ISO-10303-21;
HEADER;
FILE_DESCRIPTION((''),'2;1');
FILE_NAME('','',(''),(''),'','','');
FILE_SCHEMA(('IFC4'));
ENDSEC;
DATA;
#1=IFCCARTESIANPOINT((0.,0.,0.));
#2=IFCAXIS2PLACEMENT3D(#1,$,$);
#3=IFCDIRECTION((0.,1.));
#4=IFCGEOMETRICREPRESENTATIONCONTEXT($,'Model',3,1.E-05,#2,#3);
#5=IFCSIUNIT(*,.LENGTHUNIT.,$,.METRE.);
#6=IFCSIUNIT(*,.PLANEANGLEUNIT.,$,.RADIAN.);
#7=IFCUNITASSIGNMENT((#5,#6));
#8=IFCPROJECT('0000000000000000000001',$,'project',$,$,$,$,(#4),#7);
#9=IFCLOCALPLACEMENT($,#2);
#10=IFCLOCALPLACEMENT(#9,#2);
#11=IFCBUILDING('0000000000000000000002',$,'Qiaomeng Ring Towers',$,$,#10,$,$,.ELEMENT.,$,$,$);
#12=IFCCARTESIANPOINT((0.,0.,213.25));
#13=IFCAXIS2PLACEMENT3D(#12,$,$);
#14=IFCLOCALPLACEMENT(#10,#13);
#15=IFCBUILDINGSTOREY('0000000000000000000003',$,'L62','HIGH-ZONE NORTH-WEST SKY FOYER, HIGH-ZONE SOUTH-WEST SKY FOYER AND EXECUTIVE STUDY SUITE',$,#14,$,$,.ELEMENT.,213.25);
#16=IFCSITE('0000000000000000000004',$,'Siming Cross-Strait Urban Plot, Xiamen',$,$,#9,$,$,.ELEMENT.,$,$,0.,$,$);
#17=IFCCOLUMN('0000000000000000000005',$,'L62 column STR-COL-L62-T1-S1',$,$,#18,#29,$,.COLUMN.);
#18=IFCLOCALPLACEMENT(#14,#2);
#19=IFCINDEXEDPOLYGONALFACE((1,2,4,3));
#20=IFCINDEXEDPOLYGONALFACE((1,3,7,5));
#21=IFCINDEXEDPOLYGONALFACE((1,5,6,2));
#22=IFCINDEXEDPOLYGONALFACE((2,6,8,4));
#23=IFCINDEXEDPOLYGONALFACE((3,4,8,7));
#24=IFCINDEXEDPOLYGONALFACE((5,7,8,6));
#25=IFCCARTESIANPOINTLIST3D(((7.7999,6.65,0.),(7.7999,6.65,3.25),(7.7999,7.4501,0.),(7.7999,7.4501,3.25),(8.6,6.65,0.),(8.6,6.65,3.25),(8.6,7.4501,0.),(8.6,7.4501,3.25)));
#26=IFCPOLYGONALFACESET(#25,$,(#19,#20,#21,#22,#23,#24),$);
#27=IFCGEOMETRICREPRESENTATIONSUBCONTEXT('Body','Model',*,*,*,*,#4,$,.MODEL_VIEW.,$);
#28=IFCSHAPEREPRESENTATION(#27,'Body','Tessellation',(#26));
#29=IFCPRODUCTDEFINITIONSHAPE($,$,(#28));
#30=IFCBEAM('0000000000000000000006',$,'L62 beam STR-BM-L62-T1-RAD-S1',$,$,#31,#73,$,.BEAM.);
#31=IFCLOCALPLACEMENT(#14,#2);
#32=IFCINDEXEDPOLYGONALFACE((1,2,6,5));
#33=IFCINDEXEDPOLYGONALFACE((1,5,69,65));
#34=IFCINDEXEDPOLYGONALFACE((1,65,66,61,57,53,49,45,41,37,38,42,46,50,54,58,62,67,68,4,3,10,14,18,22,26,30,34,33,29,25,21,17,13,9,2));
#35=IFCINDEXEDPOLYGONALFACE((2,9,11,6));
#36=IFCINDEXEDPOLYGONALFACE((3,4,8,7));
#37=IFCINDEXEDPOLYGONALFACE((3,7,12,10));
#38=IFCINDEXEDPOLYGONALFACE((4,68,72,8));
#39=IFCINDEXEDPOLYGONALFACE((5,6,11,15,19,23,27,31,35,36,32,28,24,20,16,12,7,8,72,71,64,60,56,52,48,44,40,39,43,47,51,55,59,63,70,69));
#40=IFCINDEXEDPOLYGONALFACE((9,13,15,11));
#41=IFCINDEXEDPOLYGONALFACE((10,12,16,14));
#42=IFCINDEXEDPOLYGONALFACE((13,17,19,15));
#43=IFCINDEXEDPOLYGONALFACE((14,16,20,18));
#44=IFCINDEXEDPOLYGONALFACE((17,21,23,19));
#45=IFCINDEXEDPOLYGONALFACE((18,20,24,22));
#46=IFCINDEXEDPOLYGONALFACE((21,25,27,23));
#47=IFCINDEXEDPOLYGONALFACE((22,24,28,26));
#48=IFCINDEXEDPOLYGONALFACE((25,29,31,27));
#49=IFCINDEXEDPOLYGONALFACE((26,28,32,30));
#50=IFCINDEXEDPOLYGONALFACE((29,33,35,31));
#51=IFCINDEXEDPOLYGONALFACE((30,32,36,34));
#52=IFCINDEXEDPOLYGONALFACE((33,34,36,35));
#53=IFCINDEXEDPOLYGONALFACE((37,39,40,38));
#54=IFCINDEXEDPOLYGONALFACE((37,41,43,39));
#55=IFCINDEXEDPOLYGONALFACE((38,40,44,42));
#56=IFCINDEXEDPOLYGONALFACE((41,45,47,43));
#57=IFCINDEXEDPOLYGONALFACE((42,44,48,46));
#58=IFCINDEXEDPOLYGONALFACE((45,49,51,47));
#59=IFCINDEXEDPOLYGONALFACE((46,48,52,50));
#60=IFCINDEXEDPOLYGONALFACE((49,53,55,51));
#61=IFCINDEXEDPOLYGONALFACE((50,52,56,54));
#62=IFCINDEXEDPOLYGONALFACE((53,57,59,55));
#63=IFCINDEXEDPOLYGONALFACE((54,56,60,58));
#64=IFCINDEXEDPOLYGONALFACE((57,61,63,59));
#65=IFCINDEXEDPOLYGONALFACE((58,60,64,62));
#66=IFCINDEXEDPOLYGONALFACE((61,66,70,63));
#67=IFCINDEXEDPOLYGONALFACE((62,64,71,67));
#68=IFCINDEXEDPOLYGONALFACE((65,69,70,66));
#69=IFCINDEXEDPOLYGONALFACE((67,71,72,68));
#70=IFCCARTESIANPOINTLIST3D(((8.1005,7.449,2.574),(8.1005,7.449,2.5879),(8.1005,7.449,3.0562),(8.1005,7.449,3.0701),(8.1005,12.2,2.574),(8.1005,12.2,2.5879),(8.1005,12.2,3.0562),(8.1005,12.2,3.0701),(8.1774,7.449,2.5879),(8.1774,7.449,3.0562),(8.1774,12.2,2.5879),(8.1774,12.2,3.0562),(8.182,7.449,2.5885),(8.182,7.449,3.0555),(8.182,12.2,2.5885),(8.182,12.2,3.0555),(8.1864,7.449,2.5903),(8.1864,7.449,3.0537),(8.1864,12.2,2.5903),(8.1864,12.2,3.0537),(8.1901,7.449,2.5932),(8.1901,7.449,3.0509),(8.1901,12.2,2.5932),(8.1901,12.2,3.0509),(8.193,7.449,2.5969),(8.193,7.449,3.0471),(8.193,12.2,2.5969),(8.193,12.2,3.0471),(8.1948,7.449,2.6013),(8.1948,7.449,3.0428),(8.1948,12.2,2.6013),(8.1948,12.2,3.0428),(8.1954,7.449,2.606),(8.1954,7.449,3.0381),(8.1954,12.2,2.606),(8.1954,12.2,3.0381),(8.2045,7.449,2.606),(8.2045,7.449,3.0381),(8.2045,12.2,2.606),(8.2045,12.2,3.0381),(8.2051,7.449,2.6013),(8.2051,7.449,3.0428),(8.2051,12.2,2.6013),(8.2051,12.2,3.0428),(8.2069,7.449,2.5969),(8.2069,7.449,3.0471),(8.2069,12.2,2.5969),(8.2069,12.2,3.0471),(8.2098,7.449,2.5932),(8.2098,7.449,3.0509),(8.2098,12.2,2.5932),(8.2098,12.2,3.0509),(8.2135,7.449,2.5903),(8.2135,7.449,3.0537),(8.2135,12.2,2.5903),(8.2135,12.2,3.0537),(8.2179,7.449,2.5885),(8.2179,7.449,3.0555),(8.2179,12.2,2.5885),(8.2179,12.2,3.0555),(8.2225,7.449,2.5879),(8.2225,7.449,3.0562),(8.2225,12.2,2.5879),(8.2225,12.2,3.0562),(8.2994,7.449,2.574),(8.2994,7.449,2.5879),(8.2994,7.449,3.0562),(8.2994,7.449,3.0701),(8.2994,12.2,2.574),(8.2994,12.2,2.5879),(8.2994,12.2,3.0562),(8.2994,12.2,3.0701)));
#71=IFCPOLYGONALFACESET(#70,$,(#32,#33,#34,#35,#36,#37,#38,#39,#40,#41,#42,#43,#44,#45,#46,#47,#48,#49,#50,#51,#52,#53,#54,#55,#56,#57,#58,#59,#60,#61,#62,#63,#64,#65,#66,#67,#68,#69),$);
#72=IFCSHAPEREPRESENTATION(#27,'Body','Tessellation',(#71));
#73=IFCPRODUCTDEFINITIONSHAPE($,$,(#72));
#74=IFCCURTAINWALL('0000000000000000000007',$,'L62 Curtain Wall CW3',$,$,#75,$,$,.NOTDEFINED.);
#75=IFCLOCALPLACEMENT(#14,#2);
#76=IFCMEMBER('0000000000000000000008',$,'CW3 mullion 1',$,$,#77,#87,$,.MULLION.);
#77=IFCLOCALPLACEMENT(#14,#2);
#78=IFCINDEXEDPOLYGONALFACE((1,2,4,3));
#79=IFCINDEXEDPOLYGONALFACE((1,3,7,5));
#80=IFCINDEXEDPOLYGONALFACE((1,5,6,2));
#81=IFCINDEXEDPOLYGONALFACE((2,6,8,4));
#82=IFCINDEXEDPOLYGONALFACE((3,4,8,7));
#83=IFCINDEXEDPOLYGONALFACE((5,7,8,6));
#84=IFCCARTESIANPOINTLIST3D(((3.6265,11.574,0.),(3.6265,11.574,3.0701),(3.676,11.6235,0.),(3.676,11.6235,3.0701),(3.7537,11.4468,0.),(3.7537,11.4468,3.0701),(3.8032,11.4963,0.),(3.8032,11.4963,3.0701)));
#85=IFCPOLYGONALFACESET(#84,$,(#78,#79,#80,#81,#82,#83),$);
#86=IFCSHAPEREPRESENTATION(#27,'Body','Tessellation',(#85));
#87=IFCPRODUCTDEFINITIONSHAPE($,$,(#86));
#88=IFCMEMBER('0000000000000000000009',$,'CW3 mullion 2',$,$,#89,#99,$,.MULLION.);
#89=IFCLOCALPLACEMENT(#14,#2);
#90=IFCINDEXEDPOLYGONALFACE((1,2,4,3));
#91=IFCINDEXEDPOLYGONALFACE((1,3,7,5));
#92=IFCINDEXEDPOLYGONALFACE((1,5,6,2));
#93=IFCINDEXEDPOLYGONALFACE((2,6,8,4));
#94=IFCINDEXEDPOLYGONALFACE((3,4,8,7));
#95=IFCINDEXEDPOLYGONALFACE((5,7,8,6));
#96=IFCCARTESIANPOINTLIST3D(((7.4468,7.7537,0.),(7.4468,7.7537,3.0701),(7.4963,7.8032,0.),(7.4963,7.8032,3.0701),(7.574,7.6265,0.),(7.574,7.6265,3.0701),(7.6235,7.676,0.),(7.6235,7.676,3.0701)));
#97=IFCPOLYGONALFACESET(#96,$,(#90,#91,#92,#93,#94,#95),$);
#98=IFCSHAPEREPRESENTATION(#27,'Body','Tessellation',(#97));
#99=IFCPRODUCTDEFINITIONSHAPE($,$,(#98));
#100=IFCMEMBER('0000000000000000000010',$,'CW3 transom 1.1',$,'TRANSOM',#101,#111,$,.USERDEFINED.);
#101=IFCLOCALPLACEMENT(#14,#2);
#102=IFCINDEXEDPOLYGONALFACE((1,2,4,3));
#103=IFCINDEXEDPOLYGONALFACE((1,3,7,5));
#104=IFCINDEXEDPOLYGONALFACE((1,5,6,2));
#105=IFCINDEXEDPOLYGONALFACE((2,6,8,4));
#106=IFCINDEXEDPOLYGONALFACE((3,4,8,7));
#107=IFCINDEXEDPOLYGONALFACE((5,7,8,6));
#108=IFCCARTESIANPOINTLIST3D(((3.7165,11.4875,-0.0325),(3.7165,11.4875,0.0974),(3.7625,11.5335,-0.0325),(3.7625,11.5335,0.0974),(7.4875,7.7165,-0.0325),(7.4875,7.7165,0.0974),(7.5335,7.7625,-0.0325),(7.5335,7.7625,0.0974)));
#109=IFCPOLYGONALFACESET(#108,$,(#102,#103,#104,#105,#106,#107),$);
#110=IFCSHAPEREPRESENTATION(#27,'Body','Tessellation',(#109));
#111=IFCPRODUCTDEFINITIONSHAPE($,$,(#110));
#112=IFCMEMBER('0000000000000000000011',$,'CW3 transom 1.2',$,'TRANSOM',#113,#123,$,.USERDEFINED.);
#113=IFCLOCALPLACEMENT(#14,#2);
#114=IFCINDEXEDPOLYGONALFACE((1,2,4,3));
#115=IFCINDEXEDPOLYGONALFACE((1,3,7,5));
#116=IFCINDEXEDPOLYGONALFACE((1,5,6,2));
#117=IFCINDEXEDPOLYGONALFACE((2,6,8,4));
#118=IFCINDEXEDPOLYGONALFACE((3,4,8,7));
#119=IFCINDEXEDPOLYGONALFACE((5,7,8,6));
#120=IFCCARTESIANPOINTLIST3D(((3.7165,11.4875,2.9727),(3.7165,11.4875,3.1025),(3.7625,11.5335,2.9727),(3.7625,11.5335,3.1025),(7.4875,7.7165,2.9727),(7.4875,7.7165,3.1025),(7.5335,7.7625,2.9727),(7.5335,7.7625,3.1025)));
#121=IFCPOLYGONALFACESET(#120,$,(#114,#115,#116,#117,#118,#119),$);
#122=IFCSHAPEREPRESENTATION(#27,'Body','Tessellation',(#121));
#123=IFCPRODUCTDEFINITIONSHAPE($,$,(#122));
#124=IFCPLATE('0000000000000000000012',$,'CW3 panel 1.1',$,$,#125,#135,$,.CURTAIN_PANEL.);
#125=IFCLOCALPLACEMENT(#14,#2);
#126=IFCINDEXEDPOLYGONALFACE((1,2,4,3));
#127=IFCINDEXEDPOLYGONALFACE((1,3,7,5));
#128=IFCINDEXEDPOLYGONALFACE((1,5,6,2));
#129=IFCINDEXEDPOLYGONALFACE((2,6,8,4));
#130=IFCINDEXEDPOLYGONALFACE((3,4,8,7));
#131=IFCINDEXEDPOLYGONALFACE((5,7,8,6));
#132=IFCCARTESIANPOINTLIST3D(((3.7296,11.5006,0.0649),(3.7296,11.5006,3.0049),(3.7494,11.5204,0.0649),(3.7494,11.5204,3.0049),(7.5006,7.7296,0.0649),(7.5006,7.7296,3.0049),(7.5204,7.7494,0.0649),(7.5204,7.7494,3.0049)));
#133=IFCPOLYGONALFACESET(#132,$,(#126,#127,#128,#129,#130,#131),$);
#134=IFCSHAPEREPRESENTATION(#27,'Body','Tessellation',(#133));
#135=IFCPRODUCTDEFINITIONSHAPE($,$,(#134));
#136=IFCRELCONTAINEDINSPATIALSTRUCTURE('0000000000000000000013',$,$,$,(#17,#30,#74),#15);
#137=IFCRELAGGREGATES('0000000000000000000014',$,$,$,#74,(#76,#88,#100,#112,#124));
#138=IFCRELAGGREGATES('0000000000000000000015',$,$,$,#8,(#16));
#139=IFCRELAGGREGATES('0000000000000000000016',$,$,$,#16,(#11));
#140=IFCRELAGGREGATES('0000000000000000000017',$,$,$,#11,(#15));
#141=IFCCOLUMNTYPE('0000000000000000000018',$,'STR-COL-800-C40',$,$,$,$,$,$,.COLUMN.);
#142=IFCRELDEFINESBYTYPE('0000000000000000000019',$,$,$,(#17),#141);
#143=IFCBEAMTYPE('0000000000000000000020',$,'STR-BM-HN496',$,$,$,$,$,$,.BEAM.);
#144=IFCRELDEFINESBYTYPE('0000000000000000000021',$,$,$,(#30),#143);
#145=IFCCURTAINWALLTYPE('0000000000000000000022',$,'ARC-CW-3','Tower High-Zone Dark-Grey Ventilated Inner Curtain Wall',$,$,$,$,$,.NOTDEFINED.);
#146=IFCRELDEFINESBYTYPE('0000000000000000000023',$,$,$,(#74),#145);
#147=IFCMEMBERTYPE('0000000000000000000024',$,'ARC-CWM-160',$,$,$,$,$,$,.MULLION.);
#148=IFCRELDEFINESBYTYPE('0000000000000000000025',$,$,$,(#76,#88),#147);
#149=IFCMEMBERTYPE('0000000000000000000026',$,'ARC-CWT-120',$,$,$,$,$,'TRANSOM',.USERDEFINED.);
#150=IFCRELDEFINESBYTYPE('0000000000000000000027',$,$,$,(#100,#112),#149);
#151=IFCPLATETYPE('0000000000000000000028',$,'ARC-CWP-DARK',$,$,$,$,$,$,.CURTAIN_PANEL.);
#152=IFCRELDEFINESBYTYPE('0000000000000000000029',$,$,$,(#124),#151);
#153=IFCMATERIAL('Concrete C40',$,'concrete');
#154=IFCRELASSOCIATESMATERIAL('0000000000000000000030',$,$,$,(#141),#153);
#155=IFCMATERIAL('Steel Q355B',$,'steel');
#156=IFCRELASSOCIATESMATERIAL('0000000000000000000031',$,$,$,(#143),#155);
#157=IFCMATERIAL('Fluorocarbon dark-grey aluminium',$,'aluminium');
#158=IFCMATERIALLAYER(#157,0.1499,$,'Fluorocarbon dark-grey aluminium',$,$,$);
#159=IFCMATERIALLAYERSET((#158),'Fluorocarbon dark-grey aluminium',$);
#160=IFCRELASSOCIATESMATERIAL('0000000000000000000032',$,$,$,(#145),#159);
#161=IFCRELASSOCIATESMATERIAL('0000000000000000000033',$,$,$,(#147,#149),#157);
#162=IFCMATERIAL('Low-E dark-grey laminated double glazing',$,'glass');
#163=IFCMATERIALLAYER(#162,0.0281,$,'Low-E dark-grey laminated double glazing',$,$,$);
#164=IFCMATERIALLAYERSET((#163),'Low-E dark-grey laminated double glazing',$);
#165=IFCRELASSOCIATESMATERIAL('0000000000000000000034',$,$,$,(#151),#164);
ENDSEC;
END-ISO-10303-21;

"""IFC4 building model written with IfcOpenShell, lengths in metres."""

from ifc_helpers import new_model, si_unit, direction, frame, origin, origin_2d, place, context, subcontext, project, spatial, rectangle, i_section, extrude, source, transform, mapped, material, layer, layer_set, material_profile, profile_set, type_object, element, aggregate, save


model = new_model("IFC4")

# Units and contexts
model_context = context("Model", 3, precision=1e-05, world=origin(), true_north=direction((0.0, 1.0)))
body_context = subcontext(model_context, "Body", "Model", "MODEL_VIEW")
ifc_project = project(units=[si_unit("LENGTHUNIT", "METRE"), si_unit("PLANEANGLEUNIT", "RADIAN")], contexts=[model_context])

# Site, building, storey
site_placement = place(None, origin())
site = spatial("IfcSite", under=ifc_project, at=site_placement, Name="Siming Cross-Strait Urban Plot, Xiamen", CompositionType="ELEMENT", RefElevation=0.0)
building_placement = place(site_placement, origin())
building = spatial("IfcBuilding", under=site, at=building_placement, Name="Qiaomeng Ring Towers", CompositionType="ELEMENT")
storey_placement = place(building_placement, frame((0.0, 0.0, 213.25)))
storey = spatial("IfcBuildingStorey", under=building, at=storey_placement, Name="L62", Description="HIGH-ZONE NORTH-WEST SKY FOYER, HIGH-ZONE SOUTH-WEST SKY FOYER AND EXECUTIVE STUDY SUITE", CompositionType="ELEMENT", Elevation=213.25)

# Column
ifc_material_1 = material(Name="Concrete C40", Category="concrete")
ifc_material_profile_1 = material_profile(ifc_material_1, rectangle(XDim=0.8, YDim=0.8, at=origin_2d()), Name="RC COL 800x800")
ifc_profile_set_1 = profile_set([ifc_material_profile_1], Name="Concrete C40")
column_type = type_object("IfcColumnType", Name="STR-COL-800-C40", PredefinedType="COLUMN", material=ifc_profile_set_1)
shared_shape_1 = source(origin(), body_context, "Body", "SweptSolid", [
    extrude(rectangle(XDim=0.8, YDim=0.8, at=origin_2d()), origin(), (0.0, 0.0, 1.0), 3.25),
])
column_placement = place(storey_placement, frame((8.2, 7.05, 0.0), z_axis=(0.0, 0.0, 1.0), x_axis=(1.0, 0.0, 0.0)))
element("IfcColumn", 1, at=column_placement, inside=storey, type_object=column_type, Name="L62 column STR-COL-L62-T1-S1", PredefinedType="COLUMN", context=body_context, shape_type="MappedRepresentation", body=[
    mapped(shared_shape_1, transform((0.0, 0.0, 0.0), x_axis=(1.0, 0.0, 0.0), y_axis=(0.0, 1.0, 0.0), z_axis=(0.0, 0.0, 1.0), scale=1.0)),
])

# Beam
ifc_material_2 = material(Name="Steel Q355B", Category="steel")
ifc_material_profile_2 = material_profile(ifc_material_2, i_section(OverallWidth=0.199, OverallDepth=0.4961, WebThickness=0.009, FlangeThickness=0.0139, FilletRadius=0.0181, at=origin_2d()), Name="HN 496x199x9x14")
ifc_profile_set_2 = profile_set([ifc_material_profile_2], Name="Steel Q355B")
beam_type = type_object("IfcBeamType", Name="STR-BM-HN496", PredefinedType="BEAM", material=ifc_profile_set_2)
shared_shape_2 = source(origin(), body_context, "Body", "SweptSolid", [
    extrude(i_section(OverallWidth=0.199, OverallDepth=0.4961, WebThickness=0.009, FlangeThickness=0.0139, FilletRadius=0.0181, at=origin_2d()), origin(), (0.0, 0.0, 1.0), 4.751),
])
beam_placement = place(storey_placement, frame((8.2, 7.449, 2.822), z_axis=(0.0, 1.0, 0.0), x_axis=(-1.0, 0.0, 0.0)))
element("IfcBeam", 2, at=beam_placement, inside=storey, type_object=beam_type, Name="L62 beam STR-BM-L62-T1-RAD-S1", PredefinedType="BEAM", context=body_context, shape_type="MappedRepresentation", body=[
    mapped(shared_shape_2, transform((0.0, 0.0, 0.0), x_axis=(1.0, 0.0, 0.0), y_axis=(0.0, 1.0, 0.0), z_axis=(0.0, 0.0, 1.0), scale=1.0)),
])

# Curtain wall, members, plate
ifc_material_3 = material(Name="Fluorocarbon dark-grey aluminium", Category="aluminium")
ifc_layer_1 = layer(ifc_material_3, 0.1499, Name="Fluorocarbon dark-grey aluminium")
ifc_layer_set_1 = layer_set([ifc_layer_1], Name="Fluorocarbon dark-grey aluminium")
curtain_wall_type = type_object("IfcCurtainWallType", Name="ARC-CW-3", Description="Tower High-Zone Dark-Grey Ventilated Inner Curtain Wall", PredefinedType="NOTDEFINED", material=ifc_layer_set_1)
curtain_wall_placement = place(storey_placement, origin())
curtain_wall = element("IfcCurtainWall", 3, at=curtain_wall_placement, inside=storey, type_object=curtain_wall_type, Name="L62 Curtain Wall CW3", PredefinedType="NOTDEFINED")
ifc_material_profile_3 = material_profile(ifc_material_3, rectangle(XDim=0.0701, YDim=0.1799, at=origin_2d()), Name="ALU MULL 70x180")
ifc_profile_set_3 = profile_set([ifc_material_profile_3], Name="Fluorocarbon dark-grey aluminium")
member_type_1 = type_object("IfcMemberType", Name="ARC-CWM-160", PredefinedType="MULLION", material=ifc_profile_set_3)
shared_shape_3 = source(origin(), body_context, "Body", "SweptSolid", [
    extrude(rectangle(XDim=0.0701, YDim=0.1799, at=origin_2d()), origin(), (0.0, 0.0, 1.0), 3.0701),
])
member_1_placement = place(storey_placement, frame((3.7148, 11.5352, 0.0), z_axis=(0.0, 0.0, 1.0), x_axis=(0.707107, 0.707107, 0.0)))
member_1 = element("IfcMember", 4, at=member_1_placement, type_object=member_type_1, Name="CW3 mullion 1", PredefinedType="MULLION", context=body_context, shape_type="MappedRepresentation", body=[
    mapped(shared_shape_3, transform((0.0, 0.0, 0.0), x_axis=(1.0, 0.0, 0.0), y_axis=(0.0, 1.0, 0.0), z_axis=(0.0, 0.0, 1.0), scale=1.0)),
])
member_2_placement = place(storey_placement, frame((7.5352, 7.7148, 0.0), z_axis=(0.0, 0.0, 1.0), x_axis=(0.707107, 0.707107, 0.0)))
member_2 = element("IfcMember", 5, at=member_2_placement, type_object=member_type_1, Name="CW3 mullion 2", PredefinedType="MULLION", context=body_context, shape_type="MappedRepresentation", body=[
    mapped(shared_shape_3, transform((0.0, 0.0, 0.0), x_axis=(1.0, 0.0, 0.0), y_axis=(0.0, 1.0, 0.0), z_axis=(0.0, 0.0, 1.0), scale=1.0)),
])
ifc_material_profile_4 = material_profile(ifc_material_3, rectangle(XDim=0.0649, YDim=0.1299, at=origin_2d()), Name="ALU TRAN 65x130")
ifc_profile_set_4 = profile_set([ifc_material_profile_4], Name="Fluorocarbon dark-grey aluminium")
member_type_2 = type_object("IfcMemberType", Name="ARC-CWT-120", ElementType="TRANSOM", PredefinedType="USERDEFINED", material=ifc_profile_set_4)
shared_shape_4 = source(origin(), body_context, "Body", "SweptSolid", [
    extrude(rectangle(XDim=0.0649, YDim=0.1299, at=origin_2d()), origin(), (0.0, 0.0, 1.0), 5.333),
])
member_3_placement = place(storey_placement, frame((3.7395, 11.5105, 0.0325), z_axis=(0.707107, -0.707107, 0.0), x_axis=(0.707107, 0.707107, 0.0)))
member_3 = element("IfcMember", 6, at=member_3_placement, type_object=member_type_2, Name="CW3 transom 1.1", ObjectType="TRANSOM", PredefinedType="USERDEFINED", context=body_context, shape_type="MappedRepresentation", body=[
    mapped(shared_shape_4, transform((0.0, 0.0, 0.0), x_axis=(1.0, 0.0, 0.0), y_axis=(0.0, 1.0, 0.0), z_axis=(0.0, 0.0, 1.0), scale=1.0)),
])
member_4_placement = place(storey_placement, frame((3.7395, 11.5105, 3.0376), z_axis=(0.707107, -0.707107, 0.0), x_axis=(0.707107, 0.707107, 0.0)))
member_4 = element("IfcMember", 7, at=member_4_placement, type_object=member_type_2, Name="CW3 transom 1.2", ObjectType="TRANSOM", PredefinedType="USERDEFINED", context=body_context, shape_type="MappedRepresentation", body=[
    mapped(shared_shape_4, transform((0.0, 0.0, 0.0), x_axis=(1.0, 0.0, 0.0), y_axis=(0.0, 1.0, 0.0), z_axis=(0.0, 0.0, 1.0), scale=1.0)),
])
ifc_material_4 = material(Name="Low-E dark-grey laminated double glazing", Category="glass")
ifc_layer_2 = layer(ifc_material_4, 0.0281, Name="Low-E dark-grey laminated double glazing")
ifc_layer_set_2 = layer_set([ifc_layer_2], Name="Low-E dark-grey laminated double glazing")
plate_type = type_object("IfcPlateType", Name="ARC-CWP-DARK", PredefinedType="CURTAIN_PANEL", material=ifc_layer_set_2)
shared_shape_5 = source(origin(), body_context, "Body", "SweptSolid", [
    extrude(rectangle(XDim=5.333, YDim=0.0281, at=origin_2d()), origin(), (0.0, 0.0, 1.0), 2.9399),
])
plate_placement = place(storey_placement, frame((5.625, 9.625, 0.0649), z_axis=(0.0, 0.0, 1.0), x_axis=(0.707107, -0.707107, 0.0)))
plate = element("IfcPlate", 8, at=plate_placement, type_object=plate_type, Name="CW3 panel 1.1", PredefinedType="CURTAIN_PANEL", context=body_context, shape_type="MappedRepresentation", body=[
    mapped(shared_shape_5, transform((0.0, 0.0, 0.0), x_axis=(1.0, 0.0, 0.0), y_axis=(0.0, 1.0, 0.0), z_axis=(0.0, 0.0, 1.0), scale=1.0)),
])
aggregate(curtain_wall, [member_1, member_2, member_3, member_4, plate])

save(model, "model.ifc")
